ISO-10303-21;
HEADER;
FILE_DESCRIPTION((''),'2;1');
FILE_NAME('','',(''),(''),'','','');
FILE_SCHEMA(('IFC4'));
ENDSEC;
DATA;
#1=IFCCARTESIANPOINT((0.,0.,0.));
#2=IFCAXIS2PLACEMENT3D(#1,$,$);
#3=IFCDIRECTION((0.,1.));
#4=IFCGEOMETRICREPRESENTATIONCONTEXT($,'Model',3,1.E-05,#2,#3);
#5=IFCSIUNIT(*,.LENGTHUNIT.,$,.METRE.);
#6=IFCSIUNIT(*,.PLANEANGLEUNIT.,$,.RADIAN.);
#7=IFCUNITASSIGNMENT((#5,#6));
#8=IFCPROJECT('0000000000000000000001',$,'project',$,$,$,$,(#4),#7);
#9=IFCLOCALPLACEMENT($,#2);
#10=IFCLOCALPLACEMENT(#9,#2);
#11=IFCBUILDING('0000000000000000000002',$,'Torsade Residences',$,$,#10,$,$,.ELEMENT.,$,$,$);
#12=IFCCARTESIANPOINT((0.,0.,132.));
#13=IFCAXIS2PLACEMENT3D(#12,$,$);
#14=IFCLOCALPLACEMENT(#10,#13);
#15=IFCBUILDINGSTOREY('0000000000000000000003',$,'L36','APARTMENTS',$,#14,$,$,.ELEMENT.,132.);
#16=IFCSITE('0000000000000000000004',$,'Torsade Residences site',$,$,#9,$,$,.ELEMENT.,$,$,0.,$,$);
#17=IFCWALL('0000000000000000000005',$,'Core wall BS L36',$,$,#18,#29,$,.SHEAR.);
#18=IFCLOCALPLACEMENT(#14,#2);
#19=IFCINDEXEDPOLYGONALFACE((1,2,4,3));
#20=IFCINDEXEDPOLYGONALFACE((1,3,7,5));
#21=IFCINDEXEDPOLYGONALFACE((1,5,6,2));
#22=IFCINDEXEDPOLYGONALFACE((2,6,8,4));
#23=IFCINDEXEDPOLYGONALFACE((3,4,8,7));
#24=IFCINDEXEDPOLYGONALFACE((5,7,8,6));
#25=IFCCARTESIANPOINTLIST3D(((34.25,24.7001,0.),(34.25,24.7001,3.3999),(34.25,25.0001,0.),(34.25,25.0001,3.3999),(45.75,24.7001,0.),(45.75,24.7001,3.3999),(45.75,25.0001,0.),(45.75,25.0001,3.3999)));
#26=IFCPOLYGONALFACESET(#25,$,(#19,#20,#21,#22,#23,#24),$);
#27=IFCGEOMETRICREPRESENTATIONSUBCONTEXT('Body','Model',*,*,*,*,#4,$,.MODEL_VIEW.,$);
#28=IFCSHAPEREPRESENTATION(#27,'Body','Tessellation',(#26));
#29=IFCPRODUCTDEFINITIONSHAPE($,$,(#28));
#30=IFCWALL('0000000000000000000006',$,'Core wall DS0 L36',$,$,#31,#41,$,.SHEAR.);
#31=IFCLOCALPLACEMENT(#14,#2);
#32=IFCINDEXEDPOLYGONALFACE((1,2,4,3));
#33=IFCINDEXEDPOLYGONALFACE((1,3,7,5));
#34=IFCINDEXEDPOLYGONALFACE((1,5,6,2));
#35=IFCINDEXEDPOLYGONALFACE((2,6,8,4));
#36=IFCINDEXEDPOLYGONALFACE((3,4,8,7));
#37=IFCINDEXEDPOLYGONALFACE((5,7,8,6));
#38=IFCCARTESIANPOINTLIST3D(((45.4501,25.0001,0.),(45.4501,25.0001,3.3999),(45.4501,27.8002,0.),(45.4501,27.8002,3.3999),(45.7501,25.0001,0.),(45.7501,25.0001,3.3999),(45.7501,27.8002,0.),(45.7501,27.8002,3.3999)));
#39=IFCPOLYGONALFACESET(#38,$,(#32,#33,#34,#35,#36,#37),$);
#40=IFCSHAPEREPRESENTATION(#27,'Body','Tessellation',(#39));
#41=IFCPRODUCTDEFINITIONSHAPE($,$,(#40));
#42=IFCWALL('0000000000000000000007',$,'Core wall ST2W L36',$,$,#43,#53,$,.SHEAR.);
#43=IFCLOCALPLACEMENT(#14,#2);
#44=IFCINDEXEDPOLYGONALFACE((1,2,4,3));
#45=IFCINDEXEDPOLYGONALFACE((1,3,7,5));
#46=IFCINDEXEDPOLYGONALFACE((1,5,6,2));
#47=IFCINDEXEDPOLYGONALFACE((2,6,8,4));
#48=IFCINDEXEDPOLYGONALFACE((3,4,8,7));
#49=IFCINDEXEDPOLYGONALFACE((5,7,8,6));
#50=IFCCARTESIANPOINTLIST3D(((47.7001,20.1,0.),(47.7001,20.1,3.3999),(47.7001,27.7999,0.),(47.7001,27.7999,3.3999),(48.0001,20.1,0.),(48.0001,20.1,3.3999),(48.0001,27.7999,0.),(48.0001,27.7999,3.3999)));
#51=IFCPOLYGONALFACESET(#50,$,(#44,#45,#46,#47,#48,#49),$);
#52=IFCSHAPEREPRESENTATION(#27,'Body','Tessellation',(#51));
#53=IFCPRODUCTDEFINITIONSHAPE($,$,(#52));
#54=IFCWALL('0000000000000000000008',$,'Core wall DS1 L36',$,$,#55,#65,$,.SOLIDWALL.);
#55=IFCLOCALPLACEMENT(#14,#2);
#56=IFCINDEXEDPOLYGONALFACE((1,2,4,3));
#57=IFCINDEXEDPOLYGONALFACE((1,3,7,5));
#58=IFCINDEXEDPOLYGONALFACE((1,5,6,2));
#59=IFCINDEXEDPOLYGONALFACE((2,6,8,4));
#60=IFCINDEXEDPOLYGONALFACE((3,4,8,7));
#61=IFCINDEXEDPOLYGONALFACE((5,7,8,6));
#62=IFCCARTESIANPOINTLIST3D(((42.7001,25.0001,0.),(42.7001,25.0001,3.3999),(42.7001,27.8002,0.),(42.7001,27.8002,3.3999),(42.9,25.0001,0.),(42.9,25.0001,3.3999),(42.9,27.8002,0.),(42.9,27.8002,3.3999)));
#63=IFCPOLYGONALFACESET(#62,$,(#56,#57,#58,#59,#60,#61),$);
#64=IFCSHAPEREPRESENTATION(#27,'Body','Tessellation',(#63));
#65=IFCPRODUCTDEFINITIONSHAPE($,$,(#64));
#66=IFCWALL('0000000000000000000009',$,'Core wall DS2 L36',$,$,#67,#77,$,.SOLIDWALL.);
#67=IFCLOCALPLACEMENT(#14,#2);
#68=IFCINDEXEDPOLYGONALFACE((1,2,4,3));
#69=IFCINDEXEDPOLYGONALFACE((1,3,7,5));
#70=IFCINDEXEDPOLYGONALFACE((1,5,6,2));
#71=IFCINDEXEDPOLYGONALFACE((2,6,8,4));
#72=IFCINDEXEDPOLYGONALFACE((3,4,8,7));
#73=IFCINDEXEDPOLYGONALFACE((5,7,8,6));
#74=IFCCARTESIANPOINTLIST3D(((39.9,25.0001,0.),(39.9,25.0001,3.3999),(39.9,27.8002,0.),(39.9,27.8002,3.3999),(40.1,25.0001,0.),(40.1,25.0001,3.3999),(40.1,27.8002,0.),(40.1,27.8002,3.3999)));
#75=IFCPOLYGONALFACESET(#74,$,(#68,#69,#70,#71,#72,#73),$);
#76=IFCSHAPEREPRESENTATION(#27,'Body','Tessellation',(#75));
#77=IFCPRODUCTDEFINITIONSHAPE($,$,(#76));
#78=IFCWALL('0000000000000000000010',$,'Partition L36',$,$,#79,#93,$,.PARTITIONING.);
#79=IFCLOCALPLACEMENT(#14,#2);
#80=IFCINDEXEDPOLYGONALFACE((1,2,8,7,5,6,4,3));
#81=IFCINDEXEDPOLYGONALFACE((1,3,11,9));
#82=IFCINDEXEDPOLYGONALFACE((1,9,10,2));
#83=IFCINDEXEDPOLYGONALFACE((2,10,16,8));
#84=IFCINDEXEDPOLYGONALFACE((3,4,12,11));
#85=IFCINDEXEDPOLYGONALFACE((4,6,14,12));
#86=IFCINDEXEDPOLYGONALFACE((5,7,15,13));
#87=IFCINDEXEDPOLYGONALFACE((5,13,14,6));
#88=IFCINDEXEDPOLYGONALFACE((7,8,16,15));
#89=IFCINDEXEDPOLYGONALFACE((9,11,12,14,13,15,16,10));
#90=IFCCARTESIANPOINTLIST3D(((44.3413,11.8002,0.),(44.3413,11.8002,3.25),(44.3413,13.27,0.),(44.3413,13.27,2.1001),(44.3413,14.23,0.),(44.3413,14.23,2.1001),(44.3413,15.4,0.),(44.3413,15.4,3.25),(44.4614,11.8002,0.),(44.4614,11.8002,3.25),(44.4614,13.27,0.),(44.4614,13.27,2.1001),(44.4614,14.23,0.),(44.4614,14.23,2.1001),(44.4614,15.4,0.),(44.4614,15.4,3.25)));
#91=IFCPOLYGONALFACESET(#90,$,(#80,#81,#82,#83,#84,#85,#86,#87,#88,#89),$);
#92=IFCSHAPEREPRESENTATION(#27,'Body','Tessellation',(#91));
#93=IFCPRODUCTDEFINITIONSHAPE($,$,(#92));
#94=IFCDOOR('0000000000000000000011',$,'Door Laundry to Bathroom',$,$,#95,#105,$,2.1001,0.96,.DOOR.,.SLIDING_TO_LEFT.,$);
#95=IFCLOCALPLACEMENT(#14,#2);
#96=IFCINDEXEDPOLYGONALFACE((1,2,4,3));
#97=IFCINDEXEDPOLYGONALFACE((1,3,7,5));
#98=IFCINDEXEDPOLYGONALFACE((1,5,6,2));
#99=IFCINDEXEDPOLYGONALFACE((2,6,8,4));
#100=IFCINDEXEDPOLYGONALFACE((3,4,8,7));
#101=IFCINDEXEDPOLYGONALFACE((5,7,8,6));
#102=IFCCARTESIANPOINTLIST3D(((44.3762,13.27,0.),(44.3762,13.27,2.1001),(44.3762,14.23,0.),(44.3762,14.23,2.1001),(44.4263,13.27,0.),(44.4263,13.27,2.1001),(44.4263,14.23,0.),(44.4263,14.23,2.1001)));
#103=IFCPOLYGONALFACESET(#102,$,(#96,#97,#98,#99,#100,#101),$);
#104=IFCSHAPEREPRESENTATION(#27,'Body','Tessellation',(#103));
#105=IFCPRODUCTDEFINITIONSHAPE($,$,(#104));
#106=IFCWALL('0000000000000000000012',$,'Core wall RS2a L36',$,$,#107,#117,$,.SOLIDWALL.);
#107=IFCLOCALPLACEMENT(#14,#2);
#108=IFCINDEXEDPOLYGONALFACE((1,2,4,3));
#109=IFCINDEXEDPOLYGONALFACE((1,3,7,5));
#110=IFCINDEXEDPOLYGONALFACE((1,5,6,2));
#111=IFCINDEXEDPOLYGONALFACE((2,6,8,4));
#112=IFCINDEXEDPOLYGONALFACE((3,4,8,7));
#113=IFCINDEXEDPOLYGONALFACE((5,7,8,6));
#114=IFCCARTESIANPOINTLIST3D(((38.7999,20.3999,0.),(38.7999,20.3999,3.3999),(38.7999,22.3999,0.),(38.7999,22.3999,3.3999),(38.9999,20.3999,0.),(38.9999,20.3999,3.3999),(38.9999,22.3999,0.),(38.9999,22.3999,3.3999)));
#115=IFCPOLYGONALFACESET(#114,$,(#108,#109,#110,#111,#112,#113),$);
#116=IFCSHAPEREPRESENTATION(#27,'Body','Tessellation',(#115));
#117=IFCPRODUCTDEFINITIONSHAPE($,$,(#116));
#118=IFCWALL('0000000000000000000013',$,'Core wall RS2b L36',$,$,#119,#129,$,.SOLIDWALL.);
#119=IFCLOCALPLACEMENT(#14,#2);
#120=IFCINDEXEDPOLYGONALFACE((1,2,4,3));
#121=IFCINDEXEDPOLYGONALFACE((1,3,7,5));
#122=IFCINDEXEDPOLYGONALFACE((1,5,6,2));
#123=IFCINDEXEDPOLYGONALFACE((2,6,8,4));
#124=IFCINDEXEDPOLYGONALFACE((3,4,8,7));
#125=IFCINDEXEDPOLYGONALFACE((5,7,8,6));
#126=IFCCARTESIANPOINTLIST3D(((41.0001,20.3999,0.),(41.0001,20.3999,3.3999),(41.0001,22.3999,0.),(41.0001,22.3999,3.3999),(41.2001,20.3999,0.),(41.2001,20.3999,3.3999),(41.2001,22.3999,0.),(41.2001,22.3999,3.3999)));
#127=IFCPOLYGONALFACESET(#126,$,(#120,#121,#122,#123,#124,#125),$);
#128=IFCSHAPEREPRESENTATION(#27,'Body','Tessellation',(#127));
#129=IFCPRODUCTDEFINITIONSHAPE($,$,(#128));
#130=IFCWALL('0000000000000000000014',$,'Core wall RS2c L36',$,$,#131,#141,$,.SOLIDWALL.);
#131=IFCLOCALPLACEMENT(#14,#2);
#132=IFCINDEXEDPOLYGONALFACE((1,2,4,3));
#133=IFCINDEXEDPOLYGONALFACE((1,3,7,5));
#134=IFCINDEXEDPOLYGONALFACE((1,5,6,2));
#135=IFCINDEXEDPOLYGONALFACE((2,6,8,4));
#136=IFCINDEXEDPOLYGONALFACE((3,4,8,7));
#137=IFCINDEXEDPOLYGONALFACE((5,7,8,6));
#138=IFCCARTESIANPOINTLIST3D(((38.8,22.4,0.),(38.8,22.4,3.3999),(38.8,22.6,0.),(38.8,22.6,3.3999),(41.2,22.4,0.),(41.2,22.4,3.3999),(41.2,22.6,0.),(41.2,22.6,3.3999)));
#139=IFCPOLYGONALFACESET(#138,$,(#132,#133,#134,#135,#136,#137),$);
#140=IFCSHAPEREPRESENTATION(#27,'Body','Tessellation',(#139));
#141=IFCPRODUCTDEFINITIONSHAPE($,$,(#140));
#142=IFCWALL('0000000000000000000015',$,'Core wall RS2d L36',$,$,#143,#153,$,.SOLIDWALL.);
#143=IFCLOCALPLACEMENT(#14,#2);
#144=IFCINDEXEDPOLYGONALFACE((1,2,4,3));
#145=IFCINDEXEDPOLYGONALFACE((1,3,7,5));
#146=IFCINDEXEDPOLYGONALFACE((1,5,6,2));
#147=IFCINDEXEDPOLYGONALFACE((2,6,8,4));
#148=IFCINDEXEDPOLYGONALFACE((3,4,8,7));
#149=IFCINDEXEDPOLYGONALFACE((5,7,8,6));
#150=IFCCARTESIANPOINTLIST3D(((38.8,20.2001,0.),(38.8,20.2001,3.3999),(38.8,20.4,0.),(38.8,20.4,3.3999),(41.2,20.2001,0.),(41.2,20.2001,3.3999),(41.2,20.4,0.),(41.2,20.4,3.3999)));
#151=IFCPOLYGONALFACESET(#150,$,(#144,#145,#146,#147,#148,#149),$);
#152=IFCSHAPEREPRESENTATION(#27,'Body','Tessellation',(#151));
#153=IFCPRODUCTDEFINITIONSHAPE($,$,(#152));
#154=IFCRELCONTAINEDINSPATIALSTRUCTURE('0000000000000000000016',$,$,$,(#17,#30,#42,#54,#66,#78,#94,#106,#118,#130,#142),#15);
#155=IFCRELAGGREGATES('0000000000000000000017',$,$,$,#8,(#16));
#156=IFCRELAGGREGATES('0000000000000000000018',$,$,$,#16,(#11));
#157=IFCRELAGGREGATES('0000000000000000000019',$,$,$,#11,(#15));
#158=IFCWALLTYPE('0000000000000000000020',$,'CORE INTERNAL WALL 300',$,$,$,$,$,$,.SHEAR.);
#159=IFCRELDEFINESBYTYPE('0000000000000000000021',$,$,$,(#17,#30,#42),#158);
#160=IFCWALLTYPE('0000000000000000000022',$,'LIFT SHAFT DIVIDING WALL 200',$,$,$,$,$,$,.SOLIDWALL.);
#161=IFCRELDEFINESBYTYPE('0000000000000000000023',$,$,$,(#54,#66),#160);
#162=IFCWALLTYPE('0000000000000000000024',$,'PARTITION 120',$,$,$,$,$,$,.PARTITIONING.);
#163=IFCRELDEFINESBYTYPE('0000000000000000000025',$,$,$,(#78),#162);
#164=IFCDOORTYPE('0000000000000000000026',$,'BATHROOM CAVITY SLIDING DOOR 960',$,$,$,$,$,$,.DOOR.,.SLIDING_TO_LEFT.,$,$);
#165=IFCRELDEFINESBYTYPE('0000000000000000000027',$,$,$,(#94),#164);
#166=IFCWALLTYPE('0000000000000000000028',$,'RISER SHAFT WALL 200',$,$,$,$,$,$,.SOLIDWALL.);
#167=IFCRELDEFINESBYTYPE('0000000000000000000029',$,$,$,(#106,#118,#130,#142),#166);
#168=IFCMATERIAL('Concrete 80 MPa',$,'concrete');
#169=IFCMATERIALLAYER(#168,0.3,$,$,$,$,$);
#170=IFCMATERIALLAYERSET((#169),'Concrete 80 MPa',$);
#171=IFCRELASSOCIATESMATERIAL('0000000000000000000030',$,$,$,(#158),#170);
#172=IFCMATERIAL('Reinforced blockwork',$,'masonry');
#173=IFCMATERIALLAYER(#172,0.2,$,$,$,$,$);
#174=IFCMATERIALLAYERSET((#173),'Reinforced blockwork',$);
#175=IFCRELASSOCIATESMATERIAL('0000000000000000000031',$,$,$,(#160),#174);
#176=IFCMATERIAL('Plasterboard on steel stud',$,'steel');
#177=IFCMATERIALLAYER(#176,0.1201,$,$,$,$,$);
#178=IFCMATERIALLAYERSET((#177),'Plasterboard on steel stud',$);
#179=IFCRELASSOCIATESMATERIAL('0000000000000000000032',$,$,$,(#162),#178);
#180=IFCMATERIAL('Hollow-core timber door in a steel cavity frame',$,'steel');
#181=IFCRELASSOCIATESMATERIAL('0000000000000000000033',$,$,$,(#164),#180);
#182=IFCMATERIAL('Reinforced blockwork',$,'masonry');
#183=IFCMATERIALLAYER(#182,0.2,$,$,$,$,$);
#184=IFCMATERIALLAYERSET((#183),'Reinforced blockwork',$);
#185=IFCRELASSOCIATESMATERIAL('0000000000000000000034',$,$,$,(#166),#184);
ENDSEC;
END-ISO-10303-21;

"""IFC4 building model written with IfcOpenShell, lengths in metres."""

from ifc_helpers import new_model, si_unit, direction, frame, frame_2d, origin, place, context, subcontext, project, spatial, rectangle, extrude, material, layer, layer_set, type_object, element, fill, save


model = new_model("IFC4")

# Units and contexts
model_context = context("Model", 3, precision=1e-05, world=origin(), true_north=direction((0.0, 1.0)))
body_context = subcontext(model_context, "Body", "Model", "MODEL_VIEW")
ifc_project = project(units=[si_unit("LENGTHUNIT", "METRE"), si_unit("PLANEANGLEUNIT", "RADIAN")], contexts=[model_context])

# Site, building, storey
site_placement = place(None, origin())
site = spatial("IfcSite", under=ifc_project, at=site_placement, Name="Torsade Residences site", CompositionType="ELEMENT", RefElevation=0.0)
building_placement = place(site_placement, origin())
building = spatial("IfcBuilding", under=site, at=building_placement, Name="Torsade Residences", CompositionType="ELEMENT")
storey_placement = place(building_placement, frame((0.0, 0.0, 132.0)))
storey = spatial("IfcBuildingStorey", under=building, at=storey_placement, Name="L36", Description="APARTMENTS", CompositionType="ELEMENT", Elevation=132.0)

# Walls
ifc_material_1 = material(Name="Concrete 80 MPa", Category="concrete")
ifc_layer_1 = layer(ifc_material_1, 0.3)
ifc_layer_set_1 = layer_set([ifc_layer_1], Name="Concrete 80 MPa")
wall_type_1 = type_object("IfcWallType", Name="CORE INTERNAL WALL 300", PredefinedType="SHEAR", material=ifc_layer_set_1)
wall_1_placement = place(storey_placement, frame((45.75, 24.8501, 0.0), z_axis=(0.0, 0.0, 1.0), x_axis=(-1.0, 0.0, 0.0)))
element("IfcWall", 1, at=wall_1_placement, inside=storey, type_object=wall_type_1, Name="Core wall BS L36", PredefinedType="SHEAR", context=body_context, shape_type="SweptSolid", body=[
    extrude(rectangle(XDim=11.5, YDim=0.3, at=frame_2d((5.75, 0.0))), origin(), (0.0, 0.0, 1.0), 3.3999),
])
wall_2_placement = place(storey_placement, frame((45.6001, 27.8, 0.0), z_axis=(0.0, 0.0, 1.0), x_axis=(0.0, -1.0, 0.0)))
element("IfcWall", 2, at=wall_2_placement, inside=storey, type_object=wall_type_1, Name="Core wall DS0 L36", PredefinedType="SHEAR", context=body_context, shape_type="SweptSolid", body=[
    extrude(rectangle(XDim=2.8, YDim=0.3, at=frame_2d((1.3999, 0.0))), origin(), (0.0, 0.0, 1.0), 3.3999),
])
wall_3_placement = place(storey_placement, frame((47.8501, 27.8, 0.0), z_axis=(0.0, 0.0, 1.0), x_axis=(0.0, -1.0, 0.0)))
element("IfcWall", 3, at=wall_3_placement, inside=storey, type_object=wall_type_1, Name="Core wall ST2W L36", PredefinedType="SHEAR", context=body_context, shape_type="SweptSolid", body=[
    extrude(rectangle(XDim=7.7, YDim=0.3, at=frame_2d((3.8501, 0.0))), origin(), (0.0, 0.0, 1.0), 3.3999),
])
ifc_material_2 = material(Name="Reinforced blockwork", Category="masonry")
ifc_layer_2 = layer(ifc_material_2, 0.2)
ifc_layer_set_2 = layer_set([ifc_layer_2], Name="Reinforced blockwork")
wall_type_2 = type_object("IfcWallType", Name="LIFT SHAFT DIVIDING WALL 200", PredefinedType="SOLIDWALL", material=ifc_layer_set_2)
for number, where, z_axis, x_axis, name in (
    (4, (42.8, 27.8, 0.0), (0.0, 0.0, 1.0), (0.0, -1.0, 0.0), "Core wall DS1 L36"),
    (5, (40.0, 27.8, 0.0), (0.0, 0.0, 1.0), (0.0, -1.0, 0.0), "Core wall DS2 L36"),
):
    element("IfcWall", number, at=place(storey_placement, frame(where, z_axis=z_axis, x_axis=x_axis)), inside=storey, type_object=wall_type_2, Name=name, PredefinedType="SOLIDWALL", context=body_context, shape_type="SweptSolid", body=[
        extrude(rectangle(XDim=2.8, YDim=0.2, at=frame_2d((1.3999, 0.0))), origin(), (0.0, 0.0, 1.0), 3.3999),
    ])

# Wall, opening, door
ifc_material_3 = material(Name="Plasterboard on steel stud", Category="steel")
ifc_layer_3 = layer(ifc_material_3, 0.1201)
ifc_layer_set_3 = layer_set([ifc_layer_3], Name="Plasterboard on steel stud")
wall_type_3 = type_object("IfcWallType", Name="PARTITION 120", PredefinedType="PARTITIONING", material=ifc_layer_set_3)
wall_4_placement = place(storey_placement, frame((44.4014, 15.3999, 0.0), z_axis=(0.0, 0.0, 1.0), x_axis=(0.0, -1.0, 0.0)))
wall_4 = element("IfcWall", 6, at=wall_4_placement, inside=storey, type_object=wall_type_3, Name="Partition L36", PredefinedType="PARTITIONING", context=body_context, shape_type="SweptSolid", body=[
    extrude(rectangle(XDim=3.5999, YDim=0.1201, at=frame_2d((1.7998, 0.0))), origin(), (0.0, 0.0, 1.0), 3.25),
])
opening_placement = place(wall_4_placement, frame((1.1699, 0.0, 0.0)))
opening = element("IfcOpeningElement", 7, at=opening_placement, cuts=wall_4, PredefinedType="OPENING", context=body_context, shape_type="SweptSolid", body=[
    extrude(rectangle(XDim=0.96, YDim=2.1001, at=frame_2d((0.48, 1.05))), frame((0.0, 0.0701, 0.0), z_axis=(0.0, -1.0, 0.0), x_axis=(1.0, 0.0, 0.0)), (0.0, 0.0, 1.0), 0.1401),
])
ifc_material_4 = material(Name="Hollow-core timber door in a steel cavity frame", Category="steel")
door_type = type_object("IfcDoorType", Name="BATHROOM CAVITY SLIDING DOOR 960", OperationType="SLIDING_TO_LEFT", PredefinedType="DOOR", material=ifc_material_4)
door_placement = place(opening_placement, origin())
door = element("IfcDoor", 8, at=door_placement, inside=storey, type_object=door_type, Name="Door Laundry to Bathroom", OperationType="SLIDING_TO_LEFT", OverallHeight=2.1001, OverallWidth=0.96, PredefinedType="DOOR", context=body_context, shape_type="SweptSolid", body=[
    extrude(rectangle(XDim=0.96, YDim=2.1001, at=frame_2d((0.48, 1.05))), frame((0.0, 0.0249, 0.0), z_axis=(0.0, -1.0, 0.0), x_axis=(1.0, 0.0, 0.0)), (0.0, 0.0, 1.0), 0.05),
])
fill(opening, door)

# Walls
ifc_material_5 = material(Name="Reinforced blockwork", Category="masonry")
ifc_layer_4 = layer(ifc_material_5, 0.2)
ifc_layer_set_4 = layer_set([ifc_layer_4], Name="Reinforced blockwork")
wall_type_4 = type_object("IfcWallType", Name="RISER SHAFT WALL 200", PredefinedType="SOLIDWALL", material=ifc_layer_set_4)
for number, where, z_axis, x_axis, name in (
    (9, (38.8999, 22.3999, 0.0), (0.0, 0.0, 1.0), (0.0, -1.0, 0.0), "Core wall RS2a L36"),
    (10, (41.1001, 22.3999, 0.0), (0.0, 0.0, 1.0), (0.0, -1.0, 0.0), "Core wall RS2b L36"),
):
    element("IfcWall", number, at=place(storey_placement, frame(where, z_axis=z_axis, x_axis=x_axis)), inside=storey, type_object=wall_type_4, Name=name, PredefinedType="SOLIDWALL", context=body_context, shape_type="SweptSolid", body=[
        extrude(rectangle(XDim=2.0, YDim=0.2, at=frame_2d((1.0, 0.0))), origin(), (0.0, 0.0, 1.0), 3.3999),
    ])
for number, where, z_axis, x_axis, name in (
    (11, (38.8, 22.5, 0.0), (0.0, 0.0, 1.0), (1.0, 0.0, 0.0), "Core wall RS2c L36"),
    (12, (38.8, 20.3, 0.0), (0.0, 0.0, 1.0), (1.0, 0.0, 0.0), "Core wall RS2d L36"),
):
    element("IfcWall", number, at=place(storey_placement, frame(where, z_axis=z_axis, x_axis=x_axis)), inside=storey, type_object=wall_type_4, Name=name, PredefinedType="SOLIDWALL", context=body_context, shape_type="SweptSolid", body=[
        extrude(rectangle(XDim=2.3999, YDim=0.2, at=frame_2d((1.2, 0.0))), origin(), (0.0, 0.0, 1.0), 3.3999),
    ])

save(model, "model.ifc")
